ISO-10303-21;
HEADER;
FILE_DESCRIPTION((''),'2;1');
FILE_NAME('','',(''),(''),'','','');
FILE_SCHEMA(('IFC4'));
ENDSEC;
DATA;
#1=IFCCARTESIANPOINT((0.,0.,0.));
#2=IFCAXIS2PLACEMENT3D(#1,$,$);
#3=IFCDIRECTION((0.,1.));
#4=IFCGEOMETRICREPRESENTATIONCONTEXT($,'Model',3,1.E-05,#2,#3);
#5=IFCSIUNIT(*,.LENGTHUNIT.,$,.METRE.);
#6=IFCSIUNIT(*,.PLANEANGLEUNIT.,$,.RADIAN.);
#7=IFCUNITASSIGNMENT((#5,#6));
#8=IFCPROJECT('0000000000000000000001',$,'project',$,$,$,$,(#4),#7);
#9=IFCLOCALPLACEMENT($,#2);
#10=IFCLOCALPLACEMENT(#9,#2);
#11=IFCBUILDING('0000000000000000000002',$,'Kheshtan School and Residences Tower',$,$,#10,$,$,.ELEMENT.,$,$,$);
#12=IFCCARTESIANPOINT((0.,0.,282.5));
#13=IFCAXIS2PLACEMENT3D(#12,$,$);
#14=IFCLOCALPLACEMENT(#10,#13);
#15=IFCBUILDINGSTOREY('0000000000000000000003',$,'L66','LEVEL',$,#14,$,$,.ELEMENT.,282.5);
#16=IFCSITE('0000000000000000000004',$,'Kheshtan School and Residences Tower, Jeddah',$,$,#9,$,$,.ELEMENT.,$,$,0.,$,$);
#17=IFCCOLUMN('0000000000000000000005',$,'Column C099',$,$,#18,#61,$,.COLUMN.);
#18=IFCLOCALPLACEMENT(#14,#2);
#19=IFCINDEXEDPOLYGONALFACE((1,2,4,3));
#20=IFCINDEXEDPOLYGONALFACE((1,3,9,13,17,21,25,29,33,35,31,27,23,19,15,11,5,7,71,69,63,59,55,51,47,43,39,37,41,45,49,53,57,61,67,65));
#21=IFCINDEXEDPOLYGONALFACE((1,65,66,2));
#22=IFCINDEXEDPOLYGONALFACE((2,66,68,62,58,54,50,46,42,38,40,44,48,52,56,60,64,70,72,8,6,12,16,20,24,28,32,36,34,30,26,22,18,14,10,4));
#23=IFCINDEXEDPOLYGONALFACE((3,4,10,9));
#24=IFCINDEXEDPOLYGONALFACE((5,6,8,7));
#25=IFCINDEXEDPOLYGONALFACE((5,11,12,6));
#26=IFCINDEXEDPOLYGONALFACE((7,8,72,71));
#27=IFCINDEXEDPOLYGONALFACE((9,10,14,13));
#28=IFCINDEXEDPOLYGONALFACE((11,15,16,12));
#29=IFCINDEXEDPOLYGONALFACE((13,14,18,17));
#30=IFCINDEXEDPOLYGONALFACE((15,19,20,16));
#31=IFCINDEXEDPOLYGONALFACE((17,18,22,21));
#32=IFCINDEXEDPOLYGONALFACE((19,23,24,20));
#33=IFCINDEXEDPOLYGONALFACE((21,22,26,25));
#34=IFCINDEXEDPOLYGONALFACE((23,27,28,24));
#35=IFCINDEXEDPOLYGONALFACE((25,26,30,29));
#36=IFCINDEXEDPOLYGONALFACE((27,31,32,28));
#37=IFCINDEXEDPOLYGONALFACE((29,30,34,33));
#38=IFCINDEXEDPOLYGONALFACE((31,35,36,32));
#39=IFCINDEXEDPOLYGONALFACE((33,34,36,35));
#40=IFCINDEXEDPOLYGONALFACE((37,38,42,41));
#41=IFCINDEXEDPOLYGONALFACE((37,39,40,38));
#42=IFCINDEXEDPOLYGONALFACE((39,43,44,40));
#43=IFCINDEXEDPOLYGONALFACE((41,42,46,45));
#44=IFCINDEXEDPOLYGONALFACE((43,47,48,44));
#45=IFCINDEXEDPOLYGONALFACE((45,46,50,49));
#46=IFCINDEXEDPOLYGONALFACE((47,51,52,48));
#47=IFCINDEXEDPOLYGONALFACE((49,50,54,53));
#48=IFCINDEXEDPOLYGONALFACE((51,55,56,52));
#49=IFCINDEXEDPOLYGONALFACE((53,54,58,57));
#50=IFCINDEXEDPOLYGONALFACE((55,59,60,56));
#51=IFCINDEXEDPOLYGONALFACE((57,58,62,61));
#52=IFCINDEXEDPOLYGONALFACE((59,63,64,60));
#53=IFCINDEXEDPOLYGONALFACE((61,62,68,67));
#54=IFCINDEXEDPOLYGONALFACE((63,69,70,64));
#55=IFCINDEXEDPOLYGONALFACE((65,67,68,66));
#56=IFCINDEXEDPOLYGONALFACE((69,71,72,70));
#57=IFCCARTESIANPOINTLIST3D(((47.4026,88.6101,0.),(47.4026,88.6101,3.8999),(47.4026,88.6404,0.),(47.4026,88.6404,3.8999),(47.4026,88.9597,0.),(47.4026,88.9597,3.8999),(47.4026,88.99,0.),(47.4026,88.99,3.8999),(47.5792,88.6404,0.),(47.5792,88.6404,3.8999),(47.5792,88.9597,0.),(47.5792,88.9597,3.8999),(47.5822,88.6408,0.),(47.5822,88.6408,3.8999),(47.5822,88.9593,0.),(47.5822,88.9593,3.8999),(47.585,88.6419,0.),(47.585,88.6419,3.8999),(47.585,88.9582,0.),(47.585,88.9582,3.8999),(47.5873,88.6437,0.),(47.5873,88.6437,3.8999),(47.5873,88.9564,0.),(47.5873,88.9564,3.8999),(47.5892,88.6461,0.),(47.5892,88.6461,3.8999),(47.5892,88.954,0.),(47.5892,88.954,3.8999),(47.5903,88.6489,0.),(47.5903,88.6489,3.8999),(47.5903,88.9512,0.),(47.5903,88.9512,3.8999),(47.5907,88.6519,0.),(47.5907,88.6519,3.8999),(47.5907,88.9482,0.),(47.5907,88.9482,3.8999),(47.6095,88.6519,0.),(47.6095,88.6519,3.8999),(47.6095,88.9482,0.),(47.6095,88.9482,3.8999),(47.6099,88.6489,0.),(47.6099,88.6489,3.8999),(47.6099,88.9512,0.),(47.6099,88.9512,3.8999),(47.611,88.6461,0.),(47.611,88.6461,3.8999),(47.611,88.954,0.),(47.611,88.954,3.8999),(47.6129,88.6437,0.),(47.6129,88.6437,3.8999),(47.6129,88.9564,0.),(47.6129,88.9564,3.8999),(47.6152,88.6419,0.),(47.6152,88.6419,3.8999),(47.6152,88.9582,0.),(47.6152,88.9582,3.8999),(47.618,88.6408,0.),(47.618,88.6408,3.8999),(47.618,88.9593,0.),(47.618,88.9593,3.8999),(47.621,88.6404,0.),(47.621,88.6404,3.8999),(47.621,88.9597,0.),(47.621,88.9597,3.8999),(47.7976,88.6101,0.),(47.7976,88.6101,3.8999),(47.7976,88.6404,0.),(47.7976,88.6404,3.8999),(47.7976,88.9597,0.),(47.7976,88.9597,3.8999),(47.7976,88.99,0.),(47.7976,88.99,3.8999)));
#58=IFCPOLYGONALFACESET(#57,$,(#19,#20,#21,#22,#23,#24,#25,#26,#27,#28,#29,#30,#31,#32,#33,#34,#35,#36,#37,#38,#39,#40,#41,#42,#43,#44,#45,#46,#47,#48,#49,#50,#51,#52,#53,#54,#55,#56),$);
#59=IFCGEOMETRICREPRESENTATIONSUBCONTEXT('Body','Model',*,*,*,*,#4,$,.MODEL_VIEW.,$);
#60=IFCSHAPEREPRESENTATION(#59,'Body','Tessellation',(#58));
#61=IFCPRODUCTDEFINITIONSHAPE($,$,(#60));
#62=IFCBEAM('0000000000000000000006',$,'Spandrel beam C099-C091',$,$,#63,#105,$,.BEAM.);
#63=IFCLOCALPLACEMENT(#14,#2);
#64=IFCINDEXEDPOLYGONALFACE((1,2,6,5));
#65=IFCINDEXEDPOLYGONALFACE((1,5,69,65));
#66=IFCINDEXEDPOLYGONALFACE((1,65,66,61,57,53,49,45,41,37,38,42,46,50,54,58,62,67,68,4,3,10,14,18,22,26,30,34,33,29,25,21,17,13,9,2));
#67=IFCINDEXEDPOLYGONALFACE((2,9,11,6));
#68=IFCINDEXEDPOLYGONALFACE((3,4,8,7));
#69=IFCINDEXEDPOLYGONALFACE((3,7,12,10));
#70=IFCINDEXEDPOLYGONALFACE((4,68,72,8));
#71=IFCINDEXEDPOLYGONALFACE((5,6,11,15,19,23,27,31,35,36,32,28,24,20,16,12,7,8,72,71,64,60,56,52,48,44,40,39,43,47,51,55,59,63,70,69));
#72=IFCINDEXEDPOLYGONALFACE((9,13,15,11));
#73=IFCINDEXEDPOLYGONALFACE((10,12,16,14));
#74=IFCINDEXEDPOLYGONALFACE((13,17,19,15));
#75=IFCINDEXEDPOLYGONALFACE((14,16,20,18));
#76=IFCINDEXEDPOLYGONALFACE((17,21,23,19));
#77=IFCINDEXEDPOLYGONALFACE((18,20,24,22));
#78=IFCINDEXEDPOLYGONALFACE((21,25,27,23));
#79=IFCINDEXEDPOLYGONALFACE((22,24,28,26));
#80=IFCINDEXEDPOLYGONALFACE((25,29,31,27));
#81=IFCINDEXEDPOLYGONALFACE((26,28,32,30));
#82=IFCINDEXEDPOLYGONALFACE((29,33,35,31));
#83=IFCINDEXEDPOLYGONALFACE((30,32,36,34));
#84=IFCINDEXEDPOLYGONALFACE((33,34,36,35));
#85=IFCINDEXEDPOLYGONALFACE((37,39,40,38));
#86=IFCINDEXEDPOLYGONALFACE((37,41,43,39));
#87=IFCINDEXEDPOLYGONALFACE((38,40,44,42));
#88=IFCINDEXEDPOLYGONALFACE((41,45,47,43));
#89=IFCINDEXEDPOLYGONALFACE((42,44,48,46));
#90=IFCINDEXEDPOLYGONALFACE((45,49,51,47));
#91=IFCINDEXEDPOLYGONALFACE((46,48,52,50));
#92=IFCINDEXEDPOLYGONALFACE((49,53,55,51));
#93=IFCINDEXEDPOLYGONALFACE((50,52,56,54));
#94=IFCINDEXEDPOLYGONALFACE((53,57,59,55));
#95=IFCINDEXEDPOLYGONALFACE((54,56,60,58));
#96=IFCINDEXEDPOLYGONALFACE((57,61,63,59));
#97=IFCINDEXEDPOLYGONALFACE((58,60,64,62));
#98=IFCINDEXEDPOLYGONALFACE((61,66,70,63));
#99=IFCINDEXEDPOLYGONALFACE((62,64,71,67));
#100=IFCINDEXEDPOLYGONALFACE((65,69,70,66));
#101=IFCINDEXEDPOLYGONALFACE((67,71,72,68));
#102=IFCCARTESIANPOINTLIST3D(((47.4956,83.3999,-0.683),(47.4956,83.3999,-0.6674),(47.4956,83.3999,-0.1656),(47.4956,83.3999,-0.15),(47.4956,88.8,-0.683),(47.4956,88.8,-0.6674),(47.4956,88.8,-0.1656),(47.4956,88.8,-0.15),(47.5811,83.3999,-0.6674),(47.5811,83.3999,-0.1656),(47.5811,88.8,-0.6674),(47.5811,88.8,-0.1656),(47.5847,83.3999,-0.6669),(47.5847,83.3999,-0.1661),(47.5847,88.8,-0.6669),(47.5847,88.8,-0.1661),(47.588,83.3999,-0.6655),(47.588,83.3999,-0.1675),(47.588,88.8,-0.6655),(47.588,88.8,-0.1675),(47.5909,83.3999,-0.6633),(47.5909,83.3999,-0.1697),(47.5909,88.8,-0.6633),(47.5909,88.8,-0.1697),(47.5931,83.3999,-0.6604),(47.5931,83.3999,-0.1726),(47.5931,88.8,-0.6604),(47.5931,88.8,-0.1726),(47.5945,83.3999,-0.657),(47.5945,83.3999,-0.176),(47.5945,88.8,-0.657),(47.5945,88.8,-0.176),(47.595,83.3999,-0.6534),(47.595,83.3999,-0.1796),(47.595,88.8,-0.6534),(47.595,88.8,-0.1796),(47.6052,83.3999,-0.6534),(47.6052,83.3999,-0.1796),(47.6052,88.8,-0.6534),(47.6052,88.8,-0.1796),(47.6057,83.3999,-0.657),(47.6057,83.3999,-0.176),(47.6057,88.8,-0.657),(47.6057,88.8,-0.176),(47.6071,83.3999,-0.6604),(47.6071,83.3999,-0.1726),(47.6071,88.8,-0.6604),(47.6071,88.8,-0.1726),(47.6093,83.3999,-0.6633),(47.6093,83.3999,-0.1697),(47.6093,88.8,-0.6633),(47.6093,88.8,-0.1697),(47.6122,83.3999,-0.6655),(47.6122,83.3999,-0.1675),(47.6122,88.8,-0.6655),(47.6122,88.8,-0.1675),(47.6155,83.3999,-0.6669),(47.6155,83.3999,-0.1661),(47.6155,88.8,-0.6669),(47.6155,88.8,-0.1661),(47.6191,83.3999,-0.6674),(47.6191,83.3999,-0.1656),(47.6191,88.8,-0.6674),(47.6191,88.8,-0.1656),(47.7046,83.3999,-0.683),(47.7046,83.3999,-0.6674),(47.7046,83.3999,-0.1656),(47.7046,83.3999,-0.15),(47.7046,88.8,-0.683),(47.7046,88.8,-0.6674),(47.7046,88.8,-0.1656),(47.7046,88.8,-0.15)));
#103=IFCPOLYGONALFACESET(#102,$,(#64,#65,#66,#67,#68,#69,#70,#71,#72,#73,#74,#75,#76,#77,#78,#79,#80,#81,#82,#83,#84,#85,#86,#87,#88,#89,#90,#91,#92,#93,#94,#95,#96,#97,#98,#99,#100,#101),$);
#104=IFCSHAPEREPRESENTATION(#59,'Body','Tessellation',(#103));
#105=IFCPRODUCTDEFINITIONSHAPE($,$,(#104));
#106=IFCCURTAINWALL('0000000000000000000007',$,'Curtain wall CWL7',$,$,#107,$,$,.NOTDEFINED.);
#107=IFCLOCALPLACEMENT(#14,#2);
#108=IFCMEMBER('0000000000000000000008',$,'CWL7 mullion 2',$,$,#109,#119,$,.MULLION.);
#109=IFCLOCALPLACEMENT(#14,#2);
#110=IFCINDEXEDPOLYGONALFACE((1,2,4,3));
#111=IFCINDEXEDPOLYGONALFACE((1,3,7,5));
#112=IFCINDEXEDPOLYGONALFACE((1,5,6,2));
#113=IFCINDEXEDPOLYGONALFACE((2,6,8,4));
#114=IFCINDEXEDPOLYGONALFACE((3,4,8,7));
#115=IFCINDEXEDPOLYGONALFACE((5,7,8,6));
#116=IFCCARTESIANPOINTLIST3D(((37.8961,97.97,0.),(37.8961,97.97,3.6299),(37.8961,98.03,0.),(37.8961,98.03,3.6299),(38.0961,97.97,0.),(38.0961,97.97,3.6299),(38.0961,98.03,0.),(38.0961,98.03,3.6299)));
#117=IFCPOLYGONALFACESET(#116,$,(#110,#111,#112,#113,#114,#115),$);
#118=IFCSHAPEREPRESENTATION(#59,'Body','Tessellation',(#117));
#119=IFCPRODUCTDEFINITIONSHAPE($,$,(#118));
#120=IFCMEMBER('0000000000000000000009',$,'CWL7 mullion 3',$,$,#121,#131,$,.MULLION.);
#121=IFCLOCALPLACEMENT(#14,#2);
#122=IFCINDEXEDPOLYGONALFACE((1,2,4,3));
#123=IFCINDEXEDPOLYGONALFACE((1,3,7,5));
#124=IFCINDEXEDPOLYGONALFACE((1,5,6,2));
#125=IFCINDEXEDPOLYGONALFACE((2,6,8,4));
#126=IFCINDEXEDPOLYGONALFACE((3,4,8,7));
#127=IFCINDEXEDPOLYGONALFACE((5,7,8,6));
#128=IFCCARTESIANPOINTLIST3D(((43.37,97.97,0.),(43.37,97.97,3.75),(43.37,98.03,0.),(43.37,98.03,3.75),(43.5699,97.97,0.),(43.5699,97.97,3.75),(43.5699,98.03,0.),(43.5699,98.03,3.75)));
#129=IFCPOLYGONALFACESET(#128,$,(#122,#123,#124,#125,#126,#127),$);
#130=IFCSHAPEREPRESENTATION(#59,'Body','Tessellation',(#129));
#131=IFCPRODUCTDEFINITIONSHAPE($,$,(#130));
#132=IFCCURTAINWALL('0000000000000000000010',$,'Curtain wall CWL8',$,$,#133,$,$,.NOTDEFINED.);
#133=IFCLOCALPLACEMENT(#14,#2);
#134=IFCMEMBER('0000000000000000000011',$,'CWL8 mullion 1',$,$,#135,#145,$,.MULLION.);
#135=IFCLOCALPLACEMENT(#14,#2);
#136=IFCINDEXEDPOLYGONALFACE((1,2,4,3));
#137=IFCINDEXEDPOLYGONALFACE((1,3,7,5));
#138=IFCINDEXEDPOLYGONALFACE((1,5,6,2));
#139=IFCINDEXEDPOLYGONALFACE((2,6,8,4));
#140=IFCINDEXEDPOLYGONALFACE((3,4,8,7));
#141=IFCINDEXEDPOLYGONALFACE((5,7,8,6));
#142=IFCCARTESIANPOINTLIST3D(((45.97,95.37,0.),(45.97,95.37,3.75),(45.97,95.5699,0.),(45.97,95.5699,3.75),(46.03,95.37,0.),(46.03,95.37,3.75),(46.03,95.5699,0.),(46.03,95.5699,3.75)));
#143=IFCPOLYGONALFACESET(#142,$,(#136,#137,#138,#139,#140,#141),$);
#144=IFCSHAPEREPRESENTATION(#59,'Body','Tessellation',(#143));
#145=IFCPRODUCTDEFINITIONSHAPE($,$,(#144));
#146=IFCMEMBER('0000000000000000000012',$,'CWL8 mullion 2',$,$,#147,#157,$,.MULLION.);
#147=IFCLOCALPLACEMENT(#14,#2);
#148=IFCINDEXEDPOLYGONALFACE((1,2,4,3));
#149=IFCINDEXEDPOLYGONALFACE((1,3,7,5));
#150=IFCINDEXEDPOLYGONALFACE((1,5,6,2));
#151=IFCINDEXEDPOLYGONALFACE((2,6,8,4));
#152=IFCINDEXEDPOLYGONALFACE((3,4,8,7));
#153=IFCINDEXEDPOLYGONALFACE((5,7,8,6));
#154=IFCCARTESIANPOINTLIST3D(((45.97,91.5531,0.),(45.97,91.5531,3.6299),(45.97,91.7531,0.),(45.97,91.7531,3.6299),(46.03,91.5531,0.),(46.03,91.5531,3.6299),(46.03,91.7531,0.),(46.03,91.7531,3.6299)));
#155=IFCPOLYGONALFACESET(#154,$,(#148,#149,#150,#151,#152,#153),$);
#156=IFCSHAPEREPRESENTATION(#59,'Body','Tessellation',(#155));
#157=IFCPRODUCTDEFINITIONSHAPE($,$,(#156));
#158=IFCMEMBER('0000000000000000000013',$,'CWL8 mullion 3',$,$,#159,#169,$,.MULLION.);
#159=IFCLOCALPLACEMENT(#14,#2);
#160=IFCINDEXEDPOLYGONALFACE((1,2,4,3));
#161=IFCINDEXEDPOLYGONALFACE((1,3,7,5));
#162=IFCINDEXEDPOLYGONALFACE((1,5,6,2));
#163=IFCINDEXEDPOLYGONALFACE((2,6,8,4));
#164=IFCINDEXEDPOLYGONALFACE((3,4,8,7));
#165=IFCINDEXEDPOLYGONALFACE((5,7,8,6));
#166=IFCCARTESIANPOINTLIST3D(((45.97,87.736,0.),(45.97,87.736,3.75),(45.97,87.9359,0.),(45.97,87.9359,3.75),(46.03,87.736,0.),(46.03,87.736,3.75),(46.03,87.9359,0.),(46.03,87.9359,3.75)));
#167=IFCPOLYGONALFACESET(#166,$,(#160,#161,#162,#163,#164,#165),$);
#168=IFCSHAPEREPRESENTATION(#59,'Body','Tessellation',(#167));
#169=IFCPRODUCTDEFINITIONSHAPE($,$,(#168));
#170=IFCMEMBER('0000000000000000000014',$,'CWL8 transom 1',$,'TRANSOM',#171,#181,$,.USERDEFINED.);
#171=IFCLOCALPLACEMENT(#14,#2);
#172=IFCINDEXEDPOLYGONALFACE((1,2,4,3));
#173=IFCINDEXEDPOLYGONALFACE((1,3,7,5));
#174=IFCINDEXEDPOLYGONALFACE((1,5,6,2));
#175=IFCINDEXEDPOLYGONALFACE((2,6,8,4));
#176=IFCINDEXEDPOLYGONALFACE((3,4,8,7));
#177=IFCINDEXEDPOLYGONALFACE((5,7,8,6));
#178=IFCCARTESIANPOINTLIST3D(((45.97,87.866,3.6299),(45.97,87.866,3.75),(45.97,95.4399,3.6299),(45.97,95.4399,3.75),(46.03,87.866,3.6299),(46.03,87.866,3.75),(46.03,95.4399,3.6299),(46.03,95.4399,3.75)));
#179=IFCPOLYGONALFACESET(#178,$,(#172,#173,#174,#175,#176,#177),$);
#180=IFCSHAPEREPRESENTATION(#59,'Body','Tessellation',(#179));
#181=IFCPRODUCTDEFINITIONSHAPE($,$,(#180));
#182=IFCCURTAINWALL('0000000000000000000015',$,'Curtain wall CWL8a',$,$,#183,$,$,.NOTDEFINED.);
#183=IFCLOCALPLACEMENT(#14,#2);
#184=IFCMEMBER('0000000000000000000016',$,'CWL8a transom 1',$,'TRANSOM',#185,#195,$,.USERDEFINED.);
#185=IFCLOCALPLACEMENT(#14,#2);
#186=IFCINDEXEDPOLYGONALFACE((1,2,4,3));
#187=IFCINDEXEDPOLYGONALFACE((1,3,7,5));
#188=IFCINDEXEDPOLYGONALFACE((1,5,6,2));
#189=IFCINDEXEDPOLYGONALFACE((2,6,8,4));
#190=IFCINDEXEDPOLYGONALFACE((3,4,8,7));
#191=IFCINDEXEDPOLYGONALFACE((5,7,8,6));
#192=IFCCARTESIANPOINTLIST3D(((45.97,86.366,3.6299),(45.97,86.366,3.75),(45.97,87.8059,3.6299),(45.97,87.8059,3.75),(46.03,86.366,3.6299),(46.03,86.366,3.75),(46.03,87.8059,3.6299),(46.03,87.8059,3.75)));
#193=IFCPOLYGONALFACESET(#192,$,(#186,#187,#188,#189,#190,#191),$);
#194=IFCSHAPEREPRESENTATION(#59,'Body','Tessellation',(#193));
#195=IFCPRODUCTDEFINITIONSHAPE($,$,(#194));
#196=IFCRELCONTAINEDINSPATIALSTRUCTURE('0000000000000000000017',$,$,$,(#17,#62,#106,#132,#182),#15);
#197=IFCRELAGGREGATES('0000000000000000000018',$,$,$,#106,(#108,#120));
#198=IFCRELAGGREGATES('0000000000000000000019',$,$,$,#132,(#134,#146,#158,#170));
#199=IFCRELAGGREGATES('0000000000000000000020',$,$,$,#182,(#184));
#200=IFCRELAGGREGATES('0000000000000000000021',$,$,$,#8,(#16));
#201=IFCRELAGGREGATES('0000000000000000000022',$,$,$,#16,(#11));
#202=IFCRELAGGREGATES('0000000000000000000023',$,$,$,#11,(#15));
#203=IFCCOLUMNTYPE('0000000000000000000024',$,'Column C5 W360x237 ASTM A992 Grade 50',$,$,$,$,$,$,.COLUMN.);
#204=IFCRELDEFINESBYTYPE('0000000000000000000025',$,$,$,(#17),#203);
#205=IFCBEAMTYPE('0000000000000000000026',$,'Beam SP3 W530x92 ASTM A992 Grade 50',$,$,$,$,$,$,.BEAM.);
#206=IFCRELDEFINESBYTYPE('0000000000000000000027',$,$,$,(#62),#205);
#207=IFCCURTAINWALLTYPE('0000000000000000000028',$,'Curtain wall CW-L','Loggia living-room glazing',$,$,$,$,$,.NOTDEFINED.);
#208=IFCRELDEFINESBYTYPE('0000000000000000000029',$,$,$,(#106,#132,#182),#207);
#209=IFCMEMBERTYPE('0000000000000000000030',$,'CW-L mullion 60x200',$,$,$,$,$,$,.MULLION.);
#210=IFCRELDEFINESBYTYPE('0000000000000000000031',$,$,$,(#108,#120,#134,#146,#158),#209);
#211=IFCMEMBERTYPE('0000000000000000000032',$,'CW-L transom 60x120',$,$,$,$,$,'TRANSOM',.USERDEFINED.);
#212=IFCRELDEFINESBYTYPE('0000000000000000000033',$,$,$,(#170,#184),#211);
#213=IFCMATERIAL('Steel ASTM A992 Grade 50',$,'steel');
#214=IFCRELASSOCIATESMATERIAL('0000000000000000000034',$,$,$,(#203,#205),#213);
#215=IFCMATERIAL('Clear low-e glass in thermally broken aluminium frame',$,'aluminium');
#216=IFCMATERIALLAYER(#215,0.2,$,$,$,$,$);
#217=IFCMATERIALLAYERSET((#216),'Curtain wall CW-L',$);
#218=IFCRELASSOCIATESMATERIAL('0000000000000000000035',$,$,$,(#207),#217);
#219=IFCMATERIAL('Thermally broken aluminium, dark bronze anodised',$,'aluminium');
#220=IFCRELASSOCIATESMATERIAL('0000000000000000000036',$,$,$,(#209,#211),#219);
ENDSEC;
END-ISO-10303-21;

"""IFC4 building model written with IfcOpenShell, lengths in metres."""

from ifc_helpers import new_model, si_unit, direction, frame, origin, origin_2d, place, context, subcontext, project, spatial, rectangle, i_section, extrude, material, layer, layer_set, material_profile, profile_set, type_object, element, aggregate, save


model = new_model("IFC4")

# Units and contexts
model_context = context("Model", 3, precision=1e-05, world=origin(), true_north=direction((0.0, 1.0)))
body_context = subcontext(model_context, "Body", "Model", "MODEL_VIEW")
ifc_project = project(units=[si_unit("LENGTHUNIT", "METRE"), si_unit("PLANEANGLEUNIT", "RADIAN")], contexts=[model_context])

# Site, building, storey
site_placement = place(None, origin())
site = spatial("IfcSite", under=ifc_project, at=site_placement, Name="Kheshtan School and Residences Tower, Jeddah", CompositionType="ELEMENT", RefElevation=0.0)
building_placement = place(site_placement, origin())
building = spatial("IfcBuilding", under=site, at=building_placement, Name="Kheshtan School and Residences Tower", CompositionType="ELEMENT")
storey_placement = place(building_placement, frame((0.0, 0.0, 282.5)))
storey = spatial("IfcBuildingStorey", under=building, at=storey_placement, Name="L66", Description="LEVEL", CompositionType="ELEMENT", Elevation=282.5)

# Column
ifc_material_1 = material(Name="Steel ASTM A992 Grade 50", Category="steel")
ifc_material_profile_1 = material_profile(ifc_material_1, i_section(OverallWidth=0.395, OverallDepth=0.3799, WebThickness=0.0188, FlangeThickness=0.0303, FilletRadius=0.0115, at=origin_2d()), Name="W360x237")
ifc_profile_set_1 = profile_set([ifc_material_profile_1], Name="Steel ASTM A992 Grade 50")
column_type = type_object("IfcColumnType", Name="Column C5 W360x237 ASTM A992 Grade 50", PredefinedType="COLUMN", material=ifc_profile_set_1)
column_placement = place(storey_placement, frame((47.6001, 88.8, 0.0), z_axis=(0.0, 0.0, 1.0), x_axis=(1.0, 0.0, 0.0)))
element("IfcColumn", 1, at=column_placement, inside=storey, type_object=column_type, Name="Column C099", PredefinedType="COLUMN", context=body_context, shape_type="SweptSolid", body=[
    extrude(i_section(OverallWidth=0.395, OverallDepth=0.3799, WebThickness=0.0188, FlangeThickness=0.0303, FilletRadius=0.0115, at=origin_2d()), origin(), (0.0, 0.0, 1.0), 3.8999),
])

# Beam
ifc_material_profile_2 = material_profile(ifc_material_1, i_section(OverallWidth=0.209, OverallDepth=0.533, WebThickness=0.0103, FlangeThickness=0.0156, FilletRadius=0.0139, at=origin_2d()), Name="W530x92")
ifc_profile_set_2 = profile_set([ifc_material_profile_2], Name="Steel ASTM A992 Grade 50")
beam_type = type_object("IfcBeamType", Name="Beam SP3 W530x92 ASTM A992 Grade 50", PredefinedType="BEAM", material=ifc_profile_set_2)
beam_placement = place(storey_placement, frame((47.6001, 88.8, -0.4165), z_axis=(0.0, -1.0, 0.0), x_axis=(1.0, 0.0, 0.0)))
element("IfcBeam", 2, at=beam_placement, inside=storey, type_object=beam_type, Name="Spandrel beam C099-C091", PredefinedType="BEAM", context=body_context, shape_type="SweptSolid", body=[
    extrude(i_section(OverallWidth=0.209, OverallDepth=0.533, WebThickness=0.0103, FlangeThickness=0.0156, FilletRadius=0.0139, at=origin_2d()), origin(), (0.0, 0.0, 1.0), 5.4001),
])

# Curtain walls, members
ifc_material_2 = material(Name="Clear low-e glass in thermally broken aluminium frame", Category="aluminium")
ifc_layer_1 = layer(ifc_material_2, 0.2)
ifc_layer_set_1 = layer_set([ifc_layer_1], Name="Curtain wall CW-L")
curtain_wall_type = type_object("IfcCurtainWallType", Name="Curtain wall CW-L", Description="Loggia living-room glazing", PredefinedType="NOTDEFINED", material=ifc_layer_set_1)
curtain_wall_1_placement = place(storey_placement, origin())
curtain_wall_1 = element("IfcCurtainWall", 3, at=curtain_wall_1_placement, inside=storey, type_object=curtain_wall_type, Name="Curtain wall CWL7", PredefinedType="NOTDEFINED")
ifc_material_3 = material(Name="Thermally broken aluminium, dark bronze anodised", Category="aluminium")
ifc_material_profile_3 = material_profile(ifc_material_3, rectangle(XDim=0.0601, YDim=0.2, at=origin_2d()), Name="CW-L mullion 60x200")
ifc_profile_set_3 = profile_set([ifc_material_profile_3], Name="Thermally broken aluminium, dark bronze anodised")
member_type_1 = type_object("IfcMemberType", Name="CW-L mullion 60x200", PredefinedType="MULLION", material=ifc_profile_set_3)
member_1_placement = place(storey_placement, frame((37.9961, 98.0, 0.0), z_axis=(0.0, 0.0, 1.0), x_axis=(0.0, 1.0, 0.0)))
member_1 = element("IfcMember", 4, at=member_1_placement, type_object=member_type_1, Name="CWL7 mullion 2", PredefinedType="MULLION", context=body_context, shape_type="SweptSolid", body=[
    extrude(rectangle(XDim=0.0601, YDim=0.2, at=origin_2d()), origin(), (0.0, 0.0, 1.0), 3.6299),
])
member_2_placement = place(storey_placement, frame((43.47, 98.0, 0.0), z_axis=(0.0, 0.0, 1.0), x_axis=(0.0, 1.0, 0.0)))
member_2 = element("IfcMember", 5, at=member_2_placement, type_object=member_type_1, Name="CWL7 mullion 3", PredefinedType="MULLION", context=body_context, shape_type="SweptSolid", body=[
    extrude(rectangle(XDim=0.0601, YDim=0.2, at=origin_2d()), origin(), (0.0, 0.0, 1.0), 3.75),
])
curtain_wall_2_placement = place(storey_placement, origin())
curtain_wall_2 = element("IfcCurtainWall", 6, at=curtain_wall_2_placement, inside=storey, type_object=curtain_wall_type, Name="Curtain wall CWL8", PredefinedType="NOTDEFINED")
member_3_placement = place(storey_placement, frame((46.0, 95.47, 0.0), z_axis=(0.0, 0.0, 1.0), x_axis=(1.0, 0.0, 0.0)))
member_3 = element("IfcMember", 7, at=member_3_placement, type_object=member_type_1, Name="CWL8 mullion 1", PredefinedType="MULLION", context=body_context, shape_type="SweptSolid", body=[
    extrude(rectangle(XDim=0.0601, YDim=0.2, at=origin_2d()), origin(), (0.0, 0.0, 1.0), 3.75),
])
member_4_placement = place(storey_placement, frame((46.0, 91.6531, 0.0), z_axis=(0.0, 0.0, 1.0), x_axis=(1.0, 0.0, 0.0)))
member_4 = element("IfcMember", 8, at=member_4_placement, type_object=member_type_1, Name="CWL8 mullion 2", PredefinedType="MULLION", context=body_context, shape_type="SweptSolid", body=[
    extrude(rectangle(XDim=0.0601, YDim=0.2, at=origin_2d()), origin(), (0.0, 0.0, 1.0), 3.6299),
])
member_5_placement = place(storey_placement, frame((46.0, 87.8359, 0.0), z_axis=(0.0, 0.0, 1.0), x_axis=(1.0, 0.0, 0.0)))
member_5 = element("IfcMember", 9, at=member_5_placement, type_object=member_type_1, Name="CWL8 mullion 3", PredefinedType="MULLION", context=body_context, shape_type="SweptSolid", body=[
    extrude(rectangle(XDim=0.0601, YDim=0.2, at=origin_2d()), origin(), (0.0, 0.0, 1.0), 3.75),
])
ifc_material_profile_4 = material_profile(ifc_material_3, rectangle(XDim=0.0601, YDim=0.1201, at=origin_2d()), Name="CW-L transom 60x120")
ifc_profile_set_4 = profile_set([ifc_material_profile_4], Name="Thermally broken aluminium, dark bronze anodised")
member_type_2 = type_object("IfcMemberType", Name="CW-L transom 60x120", ElementType="TRANSOM", PredefinedType="USERDEFINED", material=ifc_profile_set_4)
member_6_placement = place(storey_placement, frame((46.0, 95.4399, 3.6899), z_axis=(0.0, -1.0, 0.0), x_axis=(1.0, 0.0, 0.0)))
member_6 = element("IfcMember", 10, at=member_6_placement, type_object=member_type_2, Name="CWL8 transom 1", ObjectType="TRANSOM", PredefinedType="USERDEFINED", context=body_context, shape_type="SweptSolid", body=[
    extrude(rectangle(XDim=0.0601, YDim=0.1201, at=origin_2d()), origin(), (0.0, 0.0, 1.0), 7.574),
])

# Curtain wall, member
curtain_wall_3_placement = place(storey_placement, origin())
curtain_wall_3 = element("IfcCurtainWall", 11, at=curtain_wall_3_placement, inside=storey, type_object=curtain_wall_type, Name="Curtain wall CWL8a", PredefinedType="NOTDEFINED")
member_7_placement = place(storey_placement, frame((46.0, 87.8059, 3.6899), z_axis=(0.0, -1.0, 0.0), x_axis=(1.0, 0.0, 0.0)))
member_7 = element("IfcMember", 12, at=member_7_placement, type_object=member_type_2, Name="CWL8a transom 1", ObjectType="TRANSOM", PredefinedType="USERDEFINED", context=body_context, shape_type="SweptSolid", body=[
    extrude(rectangle(XDim=0.0601, YDim=0.1201, at=origin_2d()), origin(), (0.0, 0.0, 1.0), 1.4399),
])

aggregate(curtain_wall_1, [member_1, member_2])
aggregate(curtain_wall_2, [member_3, member_4, member_5, member_6])
aggregate(curtain_wall_3, [member_7])

save(model, "model.ifc")
